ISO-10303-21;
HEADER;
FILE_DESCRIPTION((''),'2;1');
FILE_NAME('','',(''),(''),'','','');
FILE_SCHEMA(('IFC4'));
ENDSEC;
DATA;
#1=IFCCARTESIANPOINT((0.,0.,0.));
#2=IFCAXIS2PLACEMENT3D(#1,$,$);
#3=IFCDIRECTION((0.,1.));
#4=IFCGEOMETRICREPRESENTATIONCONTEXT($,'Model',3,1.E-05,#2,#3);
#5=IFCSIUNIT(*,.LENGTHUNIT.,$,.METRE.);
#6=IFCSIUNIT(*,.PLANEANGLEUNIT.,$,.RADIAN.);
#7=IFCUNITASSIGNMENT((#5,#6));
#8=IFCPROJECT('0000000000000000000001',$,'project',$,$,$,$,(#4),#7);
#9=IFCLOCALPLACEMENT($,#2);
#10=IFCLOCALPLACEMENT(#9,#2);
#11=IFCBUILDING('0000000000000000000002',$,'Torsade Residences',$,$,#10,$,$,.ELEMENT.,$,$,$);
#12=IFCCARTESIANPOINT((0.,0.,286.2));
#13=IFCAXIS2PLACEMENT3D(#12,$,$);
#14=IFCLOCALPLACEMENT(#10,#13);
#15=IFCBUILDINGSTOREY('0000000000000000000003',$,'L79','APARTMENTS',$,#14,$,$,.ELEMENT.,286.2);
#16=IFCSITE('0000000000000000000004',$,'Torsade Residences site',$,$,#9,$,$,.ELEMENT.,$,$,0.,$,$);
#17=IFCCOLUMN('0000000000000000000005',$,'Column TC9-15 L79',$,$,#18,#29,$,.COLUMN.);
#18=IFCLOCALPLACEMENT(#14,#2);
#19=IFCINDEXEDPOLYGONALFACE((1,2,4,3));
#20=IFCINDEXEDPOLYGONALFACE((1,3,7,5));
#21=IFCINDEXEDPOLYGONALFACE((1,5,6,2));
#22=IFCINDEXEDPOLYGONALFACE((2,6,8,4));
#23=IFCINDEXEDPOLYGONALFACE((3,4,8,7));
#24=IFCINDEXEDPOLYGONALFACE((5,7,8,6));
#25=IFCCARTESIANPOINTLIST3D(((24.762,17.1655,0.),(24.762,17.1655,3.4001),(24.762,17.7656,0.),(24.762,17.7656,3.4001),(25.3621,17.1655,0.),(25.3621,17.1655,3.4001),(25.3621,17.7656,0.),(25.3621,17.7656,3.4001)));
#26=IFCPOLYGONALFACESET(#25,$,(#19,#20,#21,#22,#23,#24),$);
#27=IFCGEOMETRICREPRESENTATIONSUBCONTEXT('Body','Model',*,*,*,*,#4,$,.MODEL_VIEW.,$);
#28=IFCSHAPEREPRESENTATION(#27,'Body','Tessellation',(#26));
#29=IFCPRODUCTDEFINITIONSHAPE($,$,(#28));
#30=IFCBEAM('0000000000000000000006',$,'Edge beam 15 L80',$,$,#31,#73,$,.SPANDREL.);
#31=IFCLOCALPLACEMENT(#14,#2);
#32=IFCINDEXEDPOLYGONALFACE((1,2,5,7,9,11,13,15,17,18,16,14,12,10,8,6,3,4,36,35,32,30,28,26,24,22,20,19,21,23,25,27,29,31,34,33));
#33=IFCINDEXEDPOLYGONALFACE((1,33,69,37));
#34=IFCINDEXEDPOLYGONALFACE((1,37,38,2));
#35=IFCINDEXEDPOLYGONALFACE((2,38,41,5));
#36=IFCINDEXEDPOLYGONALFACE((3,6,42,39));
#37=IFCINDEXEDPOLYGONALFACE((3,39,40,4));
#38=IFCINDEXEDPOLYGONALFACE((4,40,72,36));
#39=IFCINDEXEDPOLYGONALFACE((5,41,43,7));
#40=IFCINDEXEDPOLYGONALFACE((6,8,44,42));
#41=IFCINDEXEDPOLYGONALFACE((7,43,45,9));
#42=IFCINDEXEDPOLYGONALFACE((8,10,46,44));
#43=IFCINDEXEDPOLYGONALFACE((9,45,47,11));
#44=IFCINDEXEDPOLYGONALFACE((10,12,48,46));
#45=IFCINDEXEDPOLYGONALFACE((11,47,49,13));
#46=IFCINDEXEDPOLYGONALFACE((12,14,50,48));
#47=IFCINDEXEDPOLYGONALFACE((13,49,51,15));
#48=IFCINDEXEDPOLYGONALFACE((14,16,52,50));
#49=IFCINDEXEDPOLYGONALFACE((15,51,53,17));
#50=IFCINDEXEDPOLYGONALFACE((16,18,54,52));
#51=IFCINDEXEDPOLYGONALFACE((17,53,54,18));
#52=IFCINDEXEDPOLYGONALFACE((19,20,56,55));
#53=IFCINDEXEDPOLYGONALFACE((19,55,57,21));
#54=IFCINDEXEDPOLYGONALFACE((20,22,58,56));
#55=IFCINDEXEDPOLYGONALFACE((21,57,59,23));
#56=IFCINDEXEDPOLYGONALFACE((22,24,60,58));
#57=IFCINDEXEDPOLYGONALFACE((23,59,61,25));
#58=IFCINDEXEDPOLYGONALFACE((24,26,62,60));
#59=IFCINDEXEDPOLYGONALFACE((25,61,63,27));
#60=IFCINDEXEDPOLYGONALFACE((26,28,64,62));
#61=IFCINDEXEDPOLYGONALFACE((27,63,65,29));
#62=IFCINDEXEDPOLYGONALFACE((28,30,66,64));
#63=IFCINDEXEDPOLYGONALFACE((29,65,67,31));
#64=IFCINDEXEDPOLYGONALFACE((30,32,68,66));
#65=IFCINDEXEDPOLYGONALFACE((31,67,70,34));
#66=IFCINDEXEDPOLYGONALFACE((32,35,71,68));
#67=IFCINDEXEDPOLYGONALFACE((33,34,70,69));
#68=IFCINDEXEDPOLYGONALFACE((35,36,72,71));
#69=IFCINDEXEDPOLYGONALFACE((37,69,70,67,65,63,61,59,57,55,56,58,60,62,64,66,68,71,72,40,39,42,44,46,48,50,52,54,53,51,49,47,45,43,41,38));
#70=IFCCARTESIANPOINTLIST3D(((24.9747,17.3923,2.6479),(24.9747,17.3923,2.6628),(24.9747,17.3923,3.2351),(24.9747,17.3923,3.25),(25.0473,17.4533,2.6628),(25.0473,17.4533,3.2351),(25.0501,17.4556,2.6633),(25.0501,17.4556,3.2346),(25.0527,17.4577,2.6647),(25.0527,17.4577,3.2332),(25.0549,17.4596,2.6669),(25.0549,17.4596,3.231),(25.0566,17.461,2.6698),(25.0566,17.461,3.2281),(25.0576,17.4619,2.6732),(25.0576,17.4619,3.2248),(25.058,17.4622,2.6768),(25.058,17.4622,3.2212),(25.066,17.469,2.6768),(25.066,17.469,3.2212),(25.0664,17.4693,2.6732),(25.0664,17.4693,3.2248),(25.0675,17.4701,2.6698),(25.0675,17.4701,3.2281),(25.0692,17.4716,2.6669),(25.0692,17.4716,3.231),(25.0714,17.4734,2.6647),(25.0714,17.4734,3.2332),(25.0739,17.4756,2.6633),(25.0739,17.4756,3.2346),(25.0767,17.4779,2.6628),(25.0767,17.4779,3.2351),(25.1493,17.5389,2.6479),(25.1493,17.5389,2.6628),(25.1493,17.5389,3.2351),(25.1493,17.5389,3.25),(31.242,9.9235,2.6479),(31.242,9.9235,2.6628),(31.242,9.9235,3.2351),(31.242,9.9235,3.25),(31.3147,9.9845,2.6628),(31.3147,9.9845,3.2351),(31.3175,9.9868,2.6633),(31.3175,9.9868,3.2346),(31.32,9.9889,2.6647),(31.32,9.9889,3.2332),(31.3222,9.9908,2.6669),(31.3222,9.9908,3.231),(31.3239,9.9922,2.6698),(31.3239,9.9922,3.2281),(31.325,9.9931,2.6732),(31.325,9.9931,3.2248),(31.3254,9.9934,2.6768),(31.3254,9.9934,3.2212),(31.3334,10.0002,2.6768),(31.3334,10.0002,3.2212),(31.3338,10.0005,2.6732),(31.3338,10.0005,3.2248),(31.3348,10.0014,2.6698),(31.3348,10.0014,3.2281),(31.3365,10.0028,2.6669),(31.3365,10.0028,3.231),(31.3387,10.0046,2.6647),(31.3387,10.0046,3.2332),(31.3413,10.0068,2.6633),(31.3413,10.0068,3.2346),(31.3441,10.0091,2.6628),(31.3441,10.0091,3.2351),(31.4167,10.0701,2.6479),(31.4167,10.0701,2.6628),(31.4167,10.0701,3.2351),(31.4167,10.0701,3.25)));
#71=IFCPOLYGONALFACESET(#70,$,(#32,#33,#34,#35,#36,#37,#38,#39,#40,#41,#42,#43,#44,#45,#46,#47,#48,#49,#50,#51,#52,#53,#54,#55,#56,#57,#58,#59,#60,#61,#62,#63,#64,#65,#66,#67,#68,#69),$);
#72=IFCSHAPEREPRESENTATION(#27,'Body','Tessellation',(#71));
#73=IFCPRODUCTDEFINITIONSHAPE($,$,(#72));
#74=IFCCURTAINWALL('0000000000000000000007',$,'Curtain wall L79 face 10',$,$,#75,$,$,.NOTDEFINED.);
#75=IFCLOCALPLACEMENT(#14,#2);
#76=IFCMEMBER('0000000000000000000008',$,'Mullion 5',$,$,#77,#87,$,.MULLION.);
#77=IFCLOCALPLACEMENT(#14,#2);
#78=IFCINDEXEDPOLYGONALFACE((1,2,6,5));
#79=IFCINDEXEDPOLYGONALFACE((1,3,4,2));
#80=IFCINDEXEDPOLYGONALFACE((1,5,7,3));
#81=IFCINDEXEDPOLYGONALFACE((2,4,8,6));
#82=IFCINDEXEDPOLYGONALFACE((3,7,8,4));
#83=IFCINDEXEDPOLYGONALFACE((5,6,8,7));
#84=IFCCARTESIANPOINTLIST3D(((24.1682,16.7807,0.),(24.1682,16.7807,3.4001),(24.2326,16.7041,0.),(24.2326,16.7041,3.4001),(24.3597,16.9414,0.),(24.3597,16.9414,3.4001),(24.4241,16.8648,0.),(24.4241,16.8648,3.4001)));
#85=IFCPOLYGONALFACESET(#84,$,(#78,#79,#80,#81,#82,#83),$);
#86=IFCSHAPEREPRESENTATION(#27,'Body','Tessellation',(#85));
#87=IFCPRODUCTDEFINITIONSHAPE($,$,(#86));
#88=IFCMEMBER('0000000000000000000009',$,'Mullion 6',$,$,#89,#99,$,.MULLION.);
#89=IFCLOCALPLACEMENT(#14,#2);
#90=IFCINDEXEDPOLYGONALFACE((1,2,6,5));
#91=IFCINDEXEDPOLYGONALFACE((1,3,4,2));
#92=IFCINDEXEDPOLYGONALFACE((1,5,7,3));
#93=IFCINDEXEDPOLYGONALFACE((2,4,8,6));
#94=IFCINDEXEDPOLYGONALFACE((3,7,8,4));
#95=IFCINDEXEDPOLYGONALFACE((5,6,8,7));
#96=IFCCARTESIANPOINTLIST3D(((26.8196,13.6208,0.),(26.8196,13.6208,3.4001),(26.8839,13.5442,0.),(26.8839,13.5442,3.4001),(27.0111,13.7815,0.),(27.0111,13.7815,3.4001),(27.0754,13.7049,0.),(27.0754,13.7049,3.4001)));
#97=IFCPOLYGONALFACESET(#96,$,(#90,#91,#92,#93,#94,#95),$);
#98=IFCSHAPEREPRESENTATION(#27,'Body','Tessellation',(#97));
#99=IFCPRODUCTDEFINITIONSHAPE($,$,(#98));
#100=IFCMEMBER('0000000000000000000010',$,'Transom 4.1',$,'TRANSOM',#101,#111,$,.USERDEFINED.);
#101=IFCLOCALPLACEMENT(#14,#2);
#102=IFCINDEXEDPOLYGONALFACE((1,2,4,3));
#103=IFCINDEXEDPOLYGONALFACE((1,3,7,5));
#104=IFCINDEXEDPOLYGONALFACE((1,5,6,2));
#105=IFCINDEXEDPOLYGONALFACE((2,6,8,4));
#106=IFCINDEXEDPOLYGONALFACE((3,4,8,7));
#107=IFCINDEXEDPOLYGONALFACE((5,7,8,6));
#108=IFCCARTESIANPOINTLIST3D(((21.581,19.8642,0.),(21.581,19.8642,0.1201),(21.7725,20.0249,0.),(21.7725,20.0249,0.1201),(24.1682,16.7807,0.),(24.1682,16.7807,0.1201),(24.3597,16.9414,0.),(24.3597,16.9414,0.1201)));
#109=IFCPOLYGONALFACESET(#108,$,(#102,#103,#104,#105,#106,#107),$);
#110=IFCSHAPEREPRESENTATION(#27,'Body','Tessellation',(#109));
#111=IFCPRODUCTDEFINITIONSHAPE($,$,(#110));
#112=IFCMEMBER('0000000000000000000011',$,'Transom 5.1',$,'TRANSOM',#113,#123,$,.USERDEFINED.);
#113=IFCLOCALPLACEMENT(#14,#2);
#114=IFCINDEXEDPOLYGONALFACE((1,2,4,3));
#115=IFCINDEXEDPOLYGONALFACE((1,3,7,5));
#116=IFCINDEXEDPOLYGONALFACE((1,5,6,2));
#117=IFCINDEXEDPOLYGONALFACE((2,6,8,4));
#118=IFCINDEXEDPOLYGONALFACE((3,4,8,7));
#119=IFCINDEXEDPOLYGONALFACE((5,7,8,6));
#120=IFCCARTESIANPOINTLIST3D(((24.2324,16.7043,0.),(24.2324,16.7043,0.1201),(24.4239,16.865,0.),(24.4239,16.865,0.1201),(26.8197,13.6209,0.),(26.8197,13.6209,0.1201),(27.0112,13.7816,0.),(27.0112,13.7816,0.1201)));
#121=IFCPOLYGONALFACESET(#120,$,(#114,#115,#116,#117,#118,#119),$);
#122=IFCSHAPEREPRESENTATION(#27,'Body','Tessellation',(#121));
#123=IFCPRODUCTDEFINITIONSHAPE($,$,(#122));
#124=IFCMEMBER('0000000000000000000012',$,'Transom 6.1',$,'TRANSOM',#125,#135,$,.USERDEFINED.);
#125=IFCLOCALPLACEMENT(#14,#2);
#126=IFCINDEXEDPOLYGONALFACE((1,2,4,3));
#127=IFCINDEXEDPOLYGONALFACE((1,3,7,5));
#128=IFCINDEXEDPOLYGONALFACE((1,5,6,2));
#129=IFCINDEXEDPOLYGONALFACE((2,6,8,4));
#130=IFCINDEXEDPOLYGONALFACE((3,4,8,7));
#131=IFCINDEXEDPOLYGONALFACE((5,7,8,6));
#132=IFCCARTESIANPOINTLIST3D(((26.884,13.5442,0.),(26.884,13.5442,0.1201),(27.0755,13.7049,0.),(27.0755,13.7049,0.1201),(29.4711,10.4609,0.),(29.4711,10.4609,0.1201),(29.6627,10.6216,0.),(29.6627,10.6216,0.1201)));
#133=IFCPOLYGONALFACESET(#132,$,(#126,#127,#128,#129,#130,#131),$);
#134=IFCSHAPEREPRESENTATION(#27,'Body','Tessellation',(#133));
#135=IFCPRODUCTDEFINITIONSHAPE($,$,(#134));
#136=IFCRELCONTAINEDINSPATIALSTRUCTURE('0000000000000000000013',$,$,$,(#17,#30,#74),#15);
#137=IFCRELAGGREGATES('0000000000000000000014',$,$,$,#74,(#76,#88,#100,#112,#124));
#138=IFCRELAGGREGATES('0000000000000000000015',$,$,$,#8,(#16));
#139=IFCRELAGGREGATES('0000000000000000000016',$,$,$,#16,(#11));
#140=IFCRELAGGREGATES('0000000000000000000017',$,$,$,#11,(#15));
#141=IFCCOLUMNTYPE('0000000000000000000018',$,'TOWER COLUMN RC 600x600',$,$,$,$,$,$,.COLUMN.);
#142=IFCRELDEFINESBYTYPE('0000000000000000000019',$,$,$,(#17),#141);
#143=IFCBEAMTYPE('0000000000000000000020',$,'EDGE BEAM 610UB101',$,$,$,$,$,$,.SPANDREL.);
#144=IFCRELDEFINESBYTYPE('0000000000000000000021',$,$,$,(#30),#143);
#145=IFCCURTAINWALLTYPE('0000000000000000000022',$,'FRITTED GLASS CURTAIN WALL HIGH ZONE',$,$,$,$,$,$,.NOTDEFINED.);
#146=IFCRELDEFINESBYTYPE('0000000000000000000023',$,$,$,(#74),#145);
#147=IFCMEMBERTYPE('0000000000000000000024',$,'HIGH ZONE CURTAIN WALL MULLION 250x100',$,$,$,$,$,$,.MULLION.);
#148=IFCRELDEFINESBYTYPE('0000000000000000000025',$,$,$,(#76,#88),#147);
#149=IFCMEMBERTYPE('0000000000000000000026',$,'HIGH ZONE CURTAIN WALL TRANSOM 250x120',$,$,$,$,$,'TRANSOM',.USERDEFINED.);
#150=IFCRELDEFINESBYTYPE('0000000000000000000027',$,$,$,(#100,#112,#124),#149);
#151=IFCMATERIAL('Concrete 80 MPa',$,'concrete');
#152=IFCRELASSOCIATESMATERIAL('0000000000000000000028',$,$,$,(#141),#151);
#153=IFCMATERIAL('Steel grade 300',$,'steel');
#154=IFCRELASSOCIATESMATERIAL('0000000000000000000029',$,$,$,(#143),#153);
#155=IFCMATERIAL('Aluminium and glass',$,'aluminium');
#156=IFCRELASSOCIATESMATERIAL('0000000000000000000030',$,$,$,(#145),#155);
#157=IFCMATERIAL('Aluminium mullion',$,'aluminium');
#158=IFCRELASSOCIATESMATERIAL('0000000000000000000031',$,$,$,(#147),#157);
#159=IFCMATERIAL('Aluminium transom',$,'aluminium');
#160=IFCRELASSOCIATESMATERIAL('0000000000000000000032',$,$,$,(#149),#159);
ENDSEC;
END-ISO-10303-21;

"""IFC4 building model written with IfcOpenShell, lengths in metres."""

from ifc_helpers import new_model, si_unit, direction, frame, origin, origin_2d, place, context, subcontext, project, spatial, rectangle, i_section, extrude, material, material_profile, profile_set, type_object, element, aggregate, save


model = new_model("IFC4")

# Units and contexts
model_context = context("Model", 3, precision=1e-05, world=origin(), true_north=direction((0.0, 1.0)))
body_context = subcontext(model_context, "Body", "Model", "MODEL_VIEW")
ifc_project = project(units=[si_unit("LENGTHUNIT", "METRE"), si_unit("PLANEANGLEUNIT", "RADIAN")], contexts=[model_context])

# Site, building, storey
site_placement = place(None, origin())
site = spatial("IfcSite", under=ifc_project, at=site_placement, Name="Torsade Residences site", CompositionType="ELEMENT", RefElevation=0.0)
building_placement = place(site_placement, origin())
building = spatial("IfcBuilding", under=site, at=building_placement, Name="Torsade Residences", CompositionType="ELEMENT")
storey_placement = place(building_placement, frame((0.0, 0.0, 286.2)))
storey = spatial("IfcBuildingStorey", under=building, at=storey_placement, Name="L79", Description="APARTMENTS", CompositionType="ELEMENT", Elevation=286.2)

# Column
ifc_material_1 = material(Name="Concrete 80 MPa", Category="concrete")
ifc_material_profile_1 = material_profile(ifc_material_1, rectangle(XDim=0.6001, YDim=0.6001, at=origin_2d()), Name="RC 600x600")
ifc_profile_set_1 = profile_set([ifc_material_profile_1], Name="Concrete 80 MPa")
column_type = type_object("IfcColumnType", Name="TOWER COLUMN RC 600x600", PredefinedType="COLUMN", material=ifc_profile_set_1)
column_placement = place(storey_placement, frame((25.062, 17.4656, 0.0), z_axis=(0.0, 0.0, 1.0), x_axis=(1.0, 0.0, 0.0)))
element("IfcColumn", 1, at=column_placement, inside=storey, type_object=column_type, Name="Column TC9-15 L79", PredefinedType="COLUMN", context=body_context, shape_type="SweptSolid", body=[
    extrude(rectangle(XDim=0.6001, YDim=0.6001, at=origin_2d()), origin(), (0.0, 0.0, 1.0), 3.4001),
])

# Beam
ifc_material_2 = material(Name="Steel grade 300", Category="steel")
ifc_material_profile_2 = material_profile(ifc_material_2, i_section(OverallWidth=0.228, OverallDepth=0.6021, WebThickness=0.0105, FlangeThickness=0.0149, FilletRadius=0.0139, at=origin_2d()), Name="610UB101")
ifc_profile_set_2 = profile_set([ifc_material_profile_2], Name="Steel grade 300")
beam_type = type_object("IfcBeamType", Name="EDGE BEAM 610UB101", PredefinedType="SPANDREL", material=ifc_profile_set_2)
beam_placement = place(storey_placement, frame((25.062, 17.4656, 2.949), z_axis=(0.642806, -0.766029, 0.0), x_axis=(0.766029, 0.642806, 0.0)))
element("IfcBeam", 2, at=beam_placement, inside=storey, type_object=beam_type, Name="Edge beam 15 L80", PredefinedType="SPANDREL", context=body_context, shape_type="SweptSolid", body=[
    extrude(i_section(OverallWidth=0.228, OverallDepth=0.6021, WebThickness=0.0105, FlangeThickness=0.0149, FilletRadius=0.0139, at=origin_2d()), origin(), (0.0, 0.0, 1.0), 9.75),
])

# Curtain wall, members
ifc_material_3 = material(Name="Aluminium and glass", Category="aluminium")
curtain_wall_type = type_object("IfcCurtainWallType", Name="FRITTED GLASS CURTAIN WALL HIGH ZONE", PredefinedType="NOTDEFINED", material=ifc_material_3)
curtain_wall_placement = place(storey_placement, origin())
curtain_wall = element("IfcCurtainWall", 3, at=curtain_wall_placement, inside=storey, type_object=curtain_wall_type, Name="Curtain wall L79 face 10", PredefinedType="NOTDEFINED")
ifc_material_4 = material(Name="Aluminium mullion", Category="aluminium")
ifc_material_profile_3 = material_profile(ifc_material_4, rectangle(XDim=0.25, YDim=0.1001, at=origin_2d()), Name="HIGH ZONE CURTAIN WALL MULLION 250x100")
ifc_profile_set_3 = profile_set([ifc_material_profile_3], Name="Aluminium mullion")
member_type_1 = type_object("IfcMemberType", Name="HIGH ZONE CURTAIN WALL MULLION 250x100", PredefinedType="MULLION", material=ifc_profile_set_3)
member_1_placement = place(storey_placement, frame((24.2961, 16.8228, 0.0), z_axis=(0.0, 0.0, 1.0), x_axis=(0.766044, 0.642788, 0.0)))
member_1 = element("IfcMember", 4, at=member_1_placement, type_object=member_type_1, Name="Mullion 5", PredefinedType="MULLION", context=body_context, shape_type="SweptSolid", body=[
    extrude(rectangle(XDim=0.25, YDim=0.1001, at=origin_2d()), origin(), (0.0, 0.0, 1.0), 3.4001),
])
member_2_placement = place(storey_placement, frame((26.9475, 13.6628, 0.0), z_axis=(0.0, 0.0, 1.0), x_axis=(0.766044, 0.642788, 0.0)))
member_2 = element("IfcMember", 5, at=member_2_placement, type_object=member_type_1, Name="Mullion 6", PredefinedType="MULLION", context=body_context, shape_type="SweptSolid", body=[
    extrude(rectangle(XDim=0.25, YDim=0.1001, at=origin_2d()), origin(), (0.0, 0.0, 1.0), 3.4001),
])
ifc_material_5 = material(Name="Aluminium transom", Category="aluminium")
ifc_material_profile_4 = material_profile(ifc_material_5, rectangle(XDim=0.25, YDim=0.1201, at=origin_2d()), Name="HIGH ZONE CURTAIN WALL TRANSOM 250x120")
ifc_profile_set_4 = profile_set([ifc_material_profile_4], Name="Aluminium transom")
member_type_2 = type_object("IfcMemberType", Name="HIGH ZONE CURTAIN WALL TRANSOM 250x120", ElementType="TRANSOM", PredefinedType="USERDEFINED", material=ifc_profile_set_4)
member_3_placement = place(storey_placement, frame((21.6768, 19.9446, 0.0601), z_axis=(0.642758, -0.766069, 0.0), x_axis=(0.766069, 0.642758, 0.0)))
member_3 = element("IfcMember", 6, at=member_3_placement, type_object=member_type_2, Name="Transom 4.1", ObjectType="TRANSOM", PredefinedType="USERDEFINED", context=body_context, shape_type="SweptSolid", body=[
    extrude(rectangle(XDim=0.25, YDim=0.1201, at=origin_2d()), origin(), (0.0, 0.0, 1.0), 4.0251),
])
member_4_placement = place(storey_placement, frame((24.3281, 16.7847, 0.0601), z_axis=(0.642794, -0.766039, 0.0), x_axis=(0.766039, 0.642794, 0.0)))
member_4 = element("IfcMember", 7, at=member_4_placement, type_object=member_type_2, Name="Transom 5.1", ObjectType="TRANSOM", PredefinedType="USERDEFINED", context=body_context, shape_type="SweptSolid", body=[
    extrude(rectangle(XDim=0.25, YDim=0.1201, at=origin_2d()), origin(), (0.0, 0.0, 1.0), 4.0251),
])
member_5_placement = place(storey_placement, frame((26.9797, 13.6245, 0.0601), z_axis=(0.642788, -0.766044, 0.0), x_axis=(0.766044, 0.642788, 0.0)))
member_5 = element("IfcMember", 8, at=member_5_placement, type_object=member_type_2, Name="Transom 6.1", ObjectType="TRANSOM", PredefinedType="USERDEFINED", context=body_context, shape_type="SweptSolid", body=[
    extrude(rectangle(XDim=0.25, YDim=0.1201, at=origin_2d()), origin(), (0.0, 0.0, 1.0), 4.0249),
])

aggregate(curtain_wall, [member_1, member_2, member_3, member_4, member_5])

save(model, "model.ifc")
